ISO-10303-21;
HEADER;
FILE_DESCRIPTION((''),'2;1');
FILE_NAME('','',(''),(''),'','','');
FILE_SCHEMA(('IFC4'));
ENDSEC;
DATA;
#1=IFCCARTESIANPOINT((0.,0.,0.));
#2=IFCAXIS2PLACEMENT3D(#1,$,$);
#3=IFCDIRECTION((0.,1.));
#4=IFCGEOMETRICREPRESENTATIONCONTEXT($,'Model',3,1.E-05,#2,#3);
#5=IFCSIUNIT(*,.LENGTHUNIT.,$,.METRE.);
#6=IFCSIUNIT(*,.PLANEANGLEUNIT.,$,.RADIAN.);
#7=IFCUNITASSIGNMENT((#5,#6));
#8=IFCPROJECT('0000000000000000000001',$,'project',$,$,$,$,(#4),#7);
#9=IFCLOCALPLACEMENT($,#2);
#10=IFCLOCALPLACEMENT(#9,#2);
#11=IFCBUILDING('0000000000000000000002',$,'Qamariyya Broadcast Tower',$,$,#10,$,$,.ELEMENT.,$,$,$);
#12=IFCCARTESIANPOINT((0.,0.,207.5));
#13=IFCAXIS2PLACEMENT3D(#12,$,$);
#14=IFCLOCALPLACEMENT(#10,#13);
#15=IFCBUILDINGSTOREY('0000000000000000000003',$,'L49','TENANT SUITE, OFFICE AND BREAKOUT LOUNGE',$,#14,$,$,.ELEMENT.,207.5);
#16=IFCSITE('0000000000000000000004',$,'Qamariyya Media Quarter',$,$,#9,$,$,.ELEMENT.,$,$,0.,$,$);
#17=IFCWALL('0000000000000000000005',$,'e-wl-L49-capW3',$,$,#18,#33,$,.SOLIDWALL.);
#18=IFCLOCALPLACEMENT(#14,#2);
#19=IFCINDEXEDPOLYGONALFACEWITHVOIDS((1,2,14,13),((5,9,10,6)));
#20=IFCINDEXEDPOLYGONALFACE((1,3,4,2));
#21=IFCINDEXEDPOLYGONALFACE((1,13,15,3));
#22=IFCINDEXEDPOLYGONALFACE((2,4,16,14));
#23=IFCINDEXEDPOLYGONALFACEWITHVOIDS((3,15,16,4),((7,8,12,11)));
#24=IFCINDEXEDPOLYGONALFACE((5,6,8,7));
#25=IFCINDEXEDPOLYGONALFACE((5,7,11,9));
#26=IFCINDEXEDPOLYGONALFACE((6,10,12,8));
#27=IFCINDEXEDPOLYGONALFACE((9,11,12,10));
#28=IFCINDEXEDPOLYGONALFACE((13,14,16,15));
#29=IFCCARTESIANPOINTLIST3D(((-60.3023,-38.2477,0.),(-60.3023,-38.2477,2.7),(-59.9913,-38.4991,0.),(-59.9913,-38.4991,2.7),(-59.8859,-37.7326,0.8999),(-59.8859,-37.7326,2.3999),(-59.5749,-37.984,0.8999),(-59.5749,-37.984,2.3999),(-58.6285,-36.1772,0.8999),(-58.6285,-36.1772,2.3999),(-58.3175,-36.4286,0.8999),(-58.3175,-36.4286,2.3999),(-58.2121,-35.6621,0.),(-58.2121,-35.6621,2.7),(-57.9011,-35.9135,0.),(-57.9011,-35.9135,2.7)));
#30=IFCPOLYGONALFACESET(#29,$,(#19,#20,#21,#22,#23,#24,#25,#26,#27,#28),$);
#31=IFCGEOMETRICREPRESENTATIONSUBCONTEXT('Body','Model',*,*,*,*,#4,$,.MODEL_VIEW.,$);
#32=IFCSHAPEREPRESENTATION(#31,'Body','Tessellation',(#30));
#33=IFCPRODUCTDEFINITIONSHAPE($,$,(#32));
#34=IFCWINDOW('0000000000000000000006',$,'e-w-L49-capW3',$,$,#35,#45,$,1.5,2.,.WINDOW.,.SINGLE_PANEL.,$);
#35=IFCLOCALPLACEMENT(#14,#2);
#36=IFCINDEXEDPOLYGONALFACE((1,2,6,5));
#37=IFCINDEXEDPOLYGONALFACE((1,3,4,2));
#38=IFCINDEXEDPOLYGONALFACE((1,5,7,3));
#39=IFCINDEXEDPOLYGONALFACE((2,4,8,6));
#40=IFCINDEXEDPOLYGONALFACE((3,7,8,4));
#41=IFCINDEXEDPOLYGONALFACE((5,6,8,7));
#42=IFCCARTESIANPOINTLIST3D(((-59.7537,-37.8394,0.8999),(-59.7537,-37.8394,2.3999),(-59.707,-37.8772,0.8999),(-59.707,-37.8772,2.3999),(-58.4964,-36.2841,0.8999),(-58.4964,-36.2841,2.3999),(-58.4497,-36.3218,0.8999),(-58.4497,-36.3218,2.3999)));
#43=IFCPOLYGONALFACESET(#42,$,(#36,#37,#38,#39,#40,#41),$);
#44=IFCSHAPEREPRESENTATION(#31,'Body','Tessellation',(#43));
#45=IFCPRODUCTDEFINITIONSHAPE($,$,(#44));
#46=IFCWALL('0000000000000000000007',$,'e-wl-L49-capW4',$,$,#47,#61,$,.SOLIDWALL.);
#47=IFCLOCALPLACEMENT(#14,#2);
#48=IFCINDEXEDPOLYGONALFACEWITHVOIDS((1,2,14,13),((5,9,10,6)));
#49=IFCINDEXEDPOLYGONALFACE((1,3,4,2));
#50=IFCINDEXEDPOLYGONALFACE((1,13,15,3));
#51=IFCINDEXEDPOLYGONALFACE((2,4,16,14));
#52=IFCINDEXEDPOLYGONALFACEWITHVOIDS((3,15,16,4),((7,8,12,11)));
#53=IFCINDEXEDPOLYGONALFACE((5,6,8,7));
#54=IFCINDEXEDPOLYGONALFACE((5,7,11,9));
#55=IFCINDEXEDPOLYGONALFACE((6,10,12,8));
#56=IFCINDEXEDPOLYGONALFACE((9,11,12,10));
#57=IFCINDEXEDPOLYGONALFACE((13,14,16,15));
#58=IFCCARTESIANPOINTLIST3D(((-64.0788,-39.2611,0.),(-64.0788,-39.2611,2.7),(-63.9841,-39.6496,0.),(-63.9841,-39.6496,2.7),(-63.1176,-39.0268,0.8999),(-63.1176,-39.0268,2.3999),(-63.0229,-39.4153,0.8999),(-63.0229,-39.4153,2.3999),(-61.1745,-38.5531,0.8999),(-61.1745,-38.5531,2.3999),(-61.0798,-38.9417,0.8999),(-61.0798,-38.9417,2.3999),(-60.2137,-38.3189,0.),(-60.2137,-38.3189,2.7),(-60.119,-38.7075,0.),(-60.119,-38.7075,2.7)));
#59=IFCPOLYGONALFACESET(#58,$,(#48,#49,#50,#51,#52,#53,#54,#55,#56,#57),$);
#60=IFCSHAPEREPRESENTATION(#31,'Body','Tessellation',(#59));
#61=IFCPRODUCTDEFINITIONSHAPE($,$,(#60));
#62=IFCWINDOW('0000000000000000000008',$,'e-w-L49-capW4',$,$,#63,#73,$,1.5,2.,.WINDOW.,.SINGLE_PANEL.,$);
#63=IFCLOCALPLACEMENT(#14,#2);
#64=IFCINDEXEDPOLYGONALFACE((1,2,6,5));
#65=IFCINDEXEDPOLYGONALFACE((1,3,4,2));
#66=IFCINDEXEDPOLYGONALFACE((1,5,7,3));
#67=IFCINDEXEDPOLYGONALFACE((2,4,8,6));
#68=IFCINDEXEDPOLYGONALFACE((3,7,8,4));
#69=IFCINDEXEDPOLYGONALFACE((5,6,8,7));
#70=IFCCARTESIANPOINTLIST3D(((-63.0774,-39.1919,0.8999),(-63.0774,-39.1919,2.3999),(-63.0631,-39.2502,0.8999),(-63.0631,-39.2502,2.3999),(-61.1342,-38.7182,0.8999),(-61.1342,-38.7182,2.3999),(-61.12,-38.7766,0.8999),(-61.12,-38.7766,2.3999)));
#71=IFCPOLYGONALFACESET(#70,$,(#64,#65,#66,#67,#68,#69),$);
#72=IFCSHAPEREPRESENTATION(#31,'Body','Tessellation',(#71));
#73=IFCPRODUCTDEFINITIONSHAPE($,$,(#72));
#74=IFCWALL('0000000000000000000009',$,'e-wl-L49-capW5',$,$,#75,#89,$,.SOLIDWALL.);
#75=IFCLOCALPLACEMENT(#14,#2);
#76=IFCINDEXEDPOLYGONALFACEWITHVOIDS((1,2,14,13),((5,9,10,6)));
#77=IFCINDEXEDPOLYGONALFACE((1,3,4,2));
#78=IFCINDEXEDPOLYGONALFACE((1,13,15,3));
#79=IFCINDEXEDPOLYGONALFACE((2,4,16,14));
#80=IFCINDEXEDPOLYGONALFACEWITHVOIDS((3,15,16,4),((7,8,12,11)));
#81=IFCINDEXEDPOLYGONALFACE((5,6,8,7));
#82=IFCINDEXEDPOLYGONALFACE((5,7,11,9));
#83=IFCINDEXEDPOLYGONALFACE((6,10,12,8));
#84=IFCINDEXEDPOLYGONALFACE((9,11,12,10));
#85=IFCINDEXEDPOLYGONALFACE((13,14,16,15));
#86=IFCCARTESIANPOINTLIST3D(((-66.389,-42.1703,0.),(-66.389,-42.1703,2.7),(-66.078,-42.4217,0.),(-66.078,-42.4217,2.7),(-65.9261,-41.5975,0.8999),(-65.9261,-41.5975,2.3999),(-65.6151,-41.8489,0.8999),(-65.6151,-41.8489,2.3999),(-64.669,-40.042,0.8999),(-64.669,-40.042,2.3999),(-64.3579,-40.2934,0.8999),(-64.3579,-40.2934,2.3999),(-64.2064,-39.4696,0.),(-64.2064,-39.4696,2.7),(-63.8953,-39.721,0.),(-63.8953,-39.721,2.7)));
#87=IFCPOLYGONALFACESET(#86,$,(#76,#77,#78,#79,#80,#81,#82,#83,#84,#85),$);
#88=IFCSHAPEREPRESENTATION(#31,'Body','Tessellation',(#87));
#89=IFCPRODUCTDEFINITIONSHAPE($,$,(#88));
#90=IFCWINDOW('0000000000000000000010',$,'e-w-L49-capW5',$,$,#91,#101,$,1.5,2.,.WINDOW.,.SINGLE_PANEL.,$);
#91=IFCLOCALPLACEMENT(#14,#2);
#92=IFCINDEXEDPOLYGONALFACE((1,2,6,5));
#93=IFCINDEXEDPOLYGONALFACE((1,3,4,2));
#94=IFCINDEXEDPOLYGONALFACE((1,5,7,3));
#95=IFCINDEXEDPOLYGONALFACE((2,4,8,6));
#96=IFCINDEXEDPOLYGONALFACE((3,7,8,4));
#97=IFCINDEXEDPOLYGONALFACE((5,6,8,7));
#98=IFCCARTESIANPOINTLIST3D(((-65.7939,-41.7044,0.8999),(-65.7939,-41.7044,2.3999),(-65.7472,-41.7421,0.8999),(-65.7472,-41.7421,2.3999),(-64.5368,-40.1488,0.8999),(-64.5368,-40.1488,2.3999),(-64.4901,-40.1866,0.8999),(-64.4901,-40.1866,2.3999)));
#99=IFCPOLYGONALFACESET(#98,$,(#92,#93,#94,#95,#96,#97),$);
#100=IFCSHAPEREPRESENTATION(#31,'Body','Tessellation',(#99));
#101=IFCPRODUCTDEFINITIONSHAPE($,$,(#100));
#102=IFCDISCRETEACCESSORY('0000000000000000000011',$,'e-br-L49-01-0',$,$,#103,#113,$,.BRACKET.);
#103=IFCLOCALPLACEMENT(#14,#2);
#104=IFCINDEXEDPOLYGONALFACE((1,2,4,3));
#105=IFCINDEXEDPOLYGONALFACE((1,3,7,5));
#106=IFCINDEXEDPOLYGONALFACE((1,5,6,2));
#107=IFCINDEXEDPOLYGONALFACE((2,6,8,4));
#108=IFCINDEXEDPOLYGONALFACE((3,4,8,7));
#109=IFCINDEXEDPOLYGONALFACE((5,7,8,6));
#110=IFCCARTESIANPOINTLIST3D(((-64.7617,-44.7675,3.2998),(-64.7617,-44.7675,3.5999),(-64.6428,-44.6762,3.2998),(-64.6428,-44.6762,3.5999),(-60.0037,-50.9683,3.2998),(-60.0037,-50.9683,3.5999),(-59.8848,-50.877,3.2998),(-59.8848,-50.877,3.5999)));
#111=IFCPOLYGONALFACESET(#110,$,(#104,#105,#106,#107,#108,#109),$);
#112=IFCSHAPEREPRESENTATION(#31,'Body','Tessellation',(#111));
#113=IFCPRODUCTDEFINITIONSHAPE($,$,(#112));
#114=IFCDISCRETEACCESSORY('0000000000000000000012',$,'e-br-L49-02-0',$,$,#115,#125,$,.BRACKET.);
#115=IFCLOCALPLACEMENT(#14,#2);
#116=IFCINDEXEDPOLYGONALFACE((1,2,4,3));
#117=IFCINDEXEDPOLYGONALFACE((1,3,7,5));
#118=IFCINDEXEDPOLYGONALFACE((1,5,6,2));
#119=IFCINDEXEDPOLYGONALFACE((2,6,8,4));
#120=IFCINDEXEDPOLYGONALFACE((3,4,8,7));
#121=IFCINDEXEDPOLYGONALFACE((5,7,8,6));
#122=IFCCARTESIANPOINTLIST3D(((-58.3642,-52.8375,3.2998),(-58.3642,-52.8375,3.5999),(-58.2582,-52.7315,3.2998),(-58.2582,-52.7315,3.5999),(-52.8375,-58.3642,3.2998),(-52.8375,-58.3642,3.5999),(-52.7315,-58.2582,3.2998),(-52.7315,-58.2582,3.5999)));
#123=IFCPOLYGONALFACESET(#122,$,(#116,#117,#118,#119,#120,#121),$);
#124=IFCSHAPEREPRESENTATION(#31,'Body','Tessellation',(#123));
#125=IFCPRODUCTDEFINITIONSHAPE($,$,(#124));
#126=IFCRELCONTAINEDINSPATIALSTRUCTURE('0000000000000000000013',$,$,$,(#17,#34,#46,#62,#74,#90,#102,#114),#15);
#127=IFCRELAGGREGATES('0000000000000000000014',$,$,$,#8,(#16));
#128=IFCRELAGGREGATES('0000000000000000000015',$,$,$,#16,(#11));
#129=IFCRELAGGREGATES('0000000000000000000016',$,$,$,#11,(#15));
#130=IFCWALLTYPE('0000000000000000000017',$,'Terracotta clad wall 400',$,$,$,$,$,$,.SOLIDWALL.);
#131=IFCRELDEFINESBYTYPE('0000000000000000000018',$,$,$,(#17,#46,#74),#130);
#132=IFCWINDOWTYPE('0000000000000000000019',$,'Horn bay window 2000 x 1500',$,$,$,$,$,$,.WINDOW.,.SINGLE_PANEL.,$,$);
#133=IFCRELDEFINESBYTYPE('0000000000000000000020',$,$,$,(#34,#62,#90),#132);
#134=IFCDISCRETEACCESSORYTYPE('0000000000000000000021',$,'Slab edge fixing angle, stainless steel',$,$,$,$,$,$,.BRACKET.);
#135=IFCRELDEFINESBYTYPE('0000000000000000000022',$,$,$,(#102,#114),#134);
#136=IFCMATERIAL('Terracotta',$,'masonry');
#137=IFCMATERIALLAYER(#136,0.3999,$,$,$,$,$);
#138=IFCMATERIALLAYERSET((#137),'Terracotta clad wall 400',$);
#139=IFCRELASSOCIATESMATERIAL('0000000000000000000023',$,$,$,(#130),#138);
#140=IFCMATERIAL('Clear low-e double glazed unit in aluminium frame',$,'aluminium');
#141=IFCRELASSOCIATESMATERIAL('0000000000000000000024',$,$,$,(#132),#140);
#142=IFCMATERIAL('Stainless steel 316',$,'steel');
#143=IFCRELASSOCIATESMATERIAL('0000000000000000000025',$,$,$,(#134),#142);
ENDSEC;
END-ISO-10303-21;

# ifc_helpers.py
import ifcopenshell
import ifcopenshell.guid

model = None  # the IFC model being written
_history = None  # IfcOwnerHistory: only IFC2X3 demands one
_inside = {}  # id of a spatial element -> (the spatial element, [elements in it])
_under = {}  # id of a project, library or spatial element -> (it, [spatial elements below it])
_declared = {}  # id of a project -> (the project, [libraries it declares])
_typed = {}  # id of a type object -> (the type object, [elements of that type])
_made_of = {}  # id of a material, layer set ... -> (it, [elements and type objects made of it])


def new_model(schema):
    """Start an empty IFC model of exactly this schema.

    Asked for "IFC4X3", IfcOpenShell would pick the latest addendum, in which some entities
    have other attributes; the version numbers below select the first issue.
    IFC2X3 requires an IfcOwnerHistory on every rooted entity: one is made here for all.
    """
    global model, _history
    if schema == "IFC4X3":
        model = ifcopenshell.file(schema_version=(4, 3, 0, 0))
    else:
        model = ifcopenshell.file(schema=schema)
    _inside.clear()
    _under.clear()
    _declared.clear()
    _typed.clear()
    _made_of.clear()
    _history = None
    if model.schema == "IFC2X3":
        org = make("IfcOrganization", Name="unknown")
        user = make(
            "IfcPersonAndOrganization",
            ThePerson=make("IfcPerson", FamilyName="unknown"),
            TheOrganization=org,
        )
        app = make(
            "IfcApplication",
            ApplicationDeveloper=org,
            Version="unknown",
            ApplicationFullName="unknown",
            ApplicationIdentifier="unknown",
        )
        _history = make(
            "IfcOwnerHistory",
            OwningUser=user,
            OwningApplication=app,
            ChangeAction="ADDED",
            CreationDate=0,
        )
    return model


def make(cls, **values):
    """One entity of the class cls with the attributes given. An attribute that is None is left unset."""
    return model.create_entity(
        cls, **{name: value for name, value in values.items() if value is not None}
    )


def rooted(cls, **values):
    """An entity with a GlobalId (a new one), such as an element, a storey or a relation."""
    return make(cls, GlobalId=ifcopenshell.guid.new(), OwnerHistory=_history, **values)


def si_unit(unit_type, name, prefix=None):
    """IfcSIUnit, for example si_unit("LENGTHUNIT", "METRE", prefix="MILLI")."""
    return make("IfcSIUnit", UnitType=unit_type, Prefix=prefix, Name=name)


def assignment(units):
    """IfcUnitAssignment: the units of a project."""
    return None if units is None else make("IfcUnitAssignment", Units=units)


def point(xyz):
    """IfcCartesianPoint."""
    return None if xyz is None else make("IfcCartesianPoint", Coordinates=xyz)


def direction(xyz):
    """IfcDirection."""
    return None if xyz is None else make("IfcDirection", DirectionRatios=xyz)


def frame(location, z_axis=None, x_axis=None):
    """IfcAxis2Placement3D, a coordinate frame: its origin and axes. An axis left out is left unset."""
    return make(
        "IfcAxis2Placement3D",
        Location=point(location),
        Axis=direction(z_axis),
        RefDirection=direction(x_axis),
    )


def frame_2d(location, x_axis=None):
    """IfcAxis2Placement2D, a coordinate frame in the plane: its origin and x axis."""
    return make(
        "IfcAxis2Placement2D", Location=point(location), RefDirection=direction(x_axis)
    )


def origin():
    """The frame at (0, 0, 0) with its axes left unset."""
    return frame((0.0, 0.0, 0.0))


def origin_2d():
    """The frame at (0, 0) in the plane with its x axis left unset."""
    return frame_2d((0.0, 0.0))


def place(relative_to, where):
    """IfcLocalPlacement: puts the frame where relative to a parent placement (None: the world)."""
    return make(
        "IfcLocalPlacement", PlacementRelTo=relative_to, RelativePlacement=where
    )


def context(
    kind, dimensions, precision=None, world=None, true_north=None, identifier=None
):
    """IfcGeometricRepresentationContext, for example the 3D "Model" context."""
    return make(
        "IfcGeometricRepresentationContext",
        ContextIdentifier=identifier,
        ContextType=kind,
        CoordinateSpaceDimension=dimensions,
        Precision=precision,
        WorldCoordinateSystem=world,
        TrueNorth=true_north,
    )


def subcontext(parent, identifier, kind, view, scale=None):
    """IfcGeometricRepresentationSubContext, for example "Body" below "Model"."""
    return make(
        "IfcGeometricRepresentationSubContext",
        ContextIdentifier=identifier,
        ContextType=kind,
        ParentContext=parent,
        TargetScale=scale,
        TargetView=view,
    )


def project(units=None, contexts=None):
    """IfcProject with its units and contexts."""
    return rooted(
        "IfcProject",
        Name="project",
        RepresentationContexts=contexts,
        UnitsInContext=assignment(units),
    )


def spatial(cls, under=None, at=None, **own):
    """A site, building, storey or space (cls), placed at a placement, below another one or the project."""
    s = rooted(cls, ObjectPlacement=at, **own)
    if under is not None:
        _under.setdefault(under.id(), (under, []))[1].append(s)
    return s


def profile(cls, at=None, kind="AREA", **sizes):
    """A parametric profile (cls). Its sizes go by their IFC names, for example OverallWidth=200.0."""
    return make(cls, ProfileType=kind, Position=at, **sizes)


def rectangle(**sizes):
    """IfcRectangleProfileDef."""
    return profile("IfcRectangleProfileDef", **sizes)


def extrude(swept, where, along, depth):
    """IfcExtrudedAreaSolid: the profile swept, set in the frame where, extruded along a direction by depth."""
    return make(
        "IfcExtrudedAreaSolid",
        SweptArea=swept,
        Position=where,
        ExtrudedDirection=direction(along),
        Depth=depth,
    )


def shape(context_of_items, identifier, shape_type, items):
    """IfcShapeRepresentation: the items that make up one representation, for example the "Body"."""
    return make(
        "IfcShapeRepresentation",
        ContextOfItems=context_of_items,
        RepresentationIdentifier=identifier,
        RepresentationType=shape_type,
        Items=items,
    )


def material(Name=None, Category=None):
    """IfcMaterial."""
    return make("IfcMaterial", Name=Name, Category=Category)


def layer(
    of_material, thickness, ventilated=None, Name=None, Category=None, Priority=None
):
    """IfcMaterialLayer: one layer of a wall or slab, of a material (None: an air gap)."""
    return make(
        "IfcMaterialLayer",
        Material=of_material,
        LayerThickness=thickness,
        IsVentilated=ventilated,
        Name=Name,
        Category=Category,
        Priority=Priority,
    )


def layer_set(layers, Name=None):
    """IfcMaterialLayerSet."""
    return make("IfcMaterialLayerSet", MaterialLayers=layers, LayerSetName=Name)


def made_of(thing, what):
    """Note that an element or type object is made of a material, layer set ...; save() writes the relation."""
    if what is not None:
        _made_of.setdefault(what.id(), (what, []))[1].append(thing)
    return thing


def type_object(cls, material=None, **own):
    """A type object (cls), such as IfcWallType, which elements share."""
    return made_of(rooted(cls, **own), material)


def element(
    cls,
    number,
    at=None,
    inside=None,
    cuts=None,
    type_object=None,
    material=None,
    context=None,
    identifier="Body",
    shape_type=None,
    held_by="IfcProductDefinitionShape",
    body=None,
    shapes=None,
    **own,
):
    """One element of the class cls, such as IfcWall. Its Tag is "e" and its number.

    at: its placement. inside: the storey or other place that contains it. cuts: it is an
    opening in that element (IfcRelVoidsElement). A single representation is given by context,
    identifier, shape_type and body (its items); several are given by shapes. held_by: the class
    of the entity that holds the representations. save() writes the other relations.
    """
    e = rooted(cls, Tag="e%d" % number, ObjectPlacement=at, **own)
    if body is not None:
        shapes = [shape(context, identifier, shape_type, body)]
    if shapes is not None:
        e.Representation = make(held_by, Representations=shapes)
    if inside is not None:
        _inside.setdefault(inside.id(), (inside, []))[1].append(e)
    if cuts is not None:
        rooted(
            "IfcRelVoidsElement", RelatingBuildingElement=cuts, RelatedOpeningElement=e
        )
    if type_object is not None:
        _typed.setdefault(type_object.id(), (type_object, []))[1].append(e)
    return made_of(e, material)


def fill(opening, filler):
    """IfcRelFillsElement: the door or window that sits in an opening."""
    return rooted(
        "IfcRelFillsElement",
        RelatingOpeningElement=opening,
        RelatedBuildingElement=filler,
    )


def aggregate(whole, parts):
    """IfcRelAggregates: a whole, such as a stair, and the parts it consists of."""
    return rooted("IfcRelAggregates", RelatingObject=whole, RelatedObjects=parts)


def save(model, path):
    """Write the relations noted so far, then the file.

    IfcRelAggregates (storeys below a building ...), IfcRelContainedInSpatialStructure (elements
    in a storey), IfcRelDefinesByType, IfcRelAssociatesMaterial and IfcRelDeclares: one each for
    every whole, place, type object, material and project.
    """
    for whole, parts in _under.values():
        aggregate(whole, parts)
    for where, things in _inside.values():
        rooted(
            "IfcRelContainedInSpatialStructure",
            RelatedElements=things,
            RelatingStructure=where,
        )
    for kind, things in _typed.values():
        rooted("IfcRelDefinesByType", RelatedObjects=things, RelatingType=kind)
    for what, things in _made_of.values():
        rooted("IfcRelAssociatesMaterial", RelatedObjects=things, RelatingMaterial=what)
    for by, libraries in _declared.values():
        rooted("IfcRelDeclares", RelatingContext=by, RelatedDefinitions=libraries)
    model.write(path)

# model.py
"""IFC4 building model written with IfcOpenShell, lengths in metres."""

from ifc_helpers import new_model, si_unit, direction, frame, frame_2d, origin, origin_2d, place, context, subcontext, project, spatial, rectangle, extrude, material, layer, layer_set, type_object, element, fill, save


model = new_model("IFC4")

# Units and contexts
model_context = context("Model", 3, precision=1e-05, world=origin(), true_north=direction((0.0, 1.0)))
body_context = subcontext(model_context, "Body", "Model", "MODEL_VIEW")
ifc_project = project(units=[si_unit("LENGTHUNIT", "METRE"), si_unit("PLANEANGLEUNIT", "RADIAN")], contexts=[model_context])

# Site, building, storey
site_placement = place(None, origin())
site = spatial("IfcSite", under=ifc_project, at=site_placement, Name="Qamariyya Media Quarter", CompositionType="ELEMENT", RefElevation=0.0)
building_placement = place(site_placement, origin())
building = spatial("IfcBuilding", under=site, at=building_placement, Name="Qamariyya Broadcast Tower", CompositionType="ELEMENT")
storey_placement = place(building_placement, frame((0.0, 0.0, 207.5)))
storey = spatial("IfcBuildingStorey", under=building, at=storey_placement, Name="L49", Description="TENANT SUITE, OFFICE AND BREAKOUT LOUNGE", CompositionType="ELEMENT", Elevation=207.5)

# Walls, openings, windows
ifc_material_1 = material(Name="Terracotta", Category="masonry")
ifc_layer = layer(ifc_material_1, 0.3999)
ifc_layer_set = layer_set([ifc_layer], Name="Terracotta clad wall 400")
wall_type = type_object("IfcWallType", Name="Terracotta clad wall 400", PredefinedType="SOLIDWALL", material=ifc_layer_set)
ifc_material_2 = material(Name="Clear low-e double glazed unit in aluminium frame", Category="aluminium")
window_type = type_object("IfcWindowType", Name="Horn bay window 2000 x 1500", PartitioningType="SINGLE_PANEL", PredefinedType="WINDOW", material=ifc_material_2)
wall_1_placement = place(storey_placement, frame((-58.0566, -35.7878, 0.0), z_axis=(0.0, 0.0, 1.0), x_axis=(-0.628672, -0.777671, 0.0)))
wall_1 = element("IfcWall", 1, at=wall_1_placement, inside=storey, type_object=wall_type, Name="e-wl-L49-capW3", PredefinedType="SOLIDWALL", context=body_context, shape_type="SweptSolid", body=[
    extrude(rectangle(XDim=3.3247, YDim=0.3999, at=frame_2d((1.6624, 0.0))), origin(), (0.0, 0.0, 1.0), 2.7),
])
opening_1_placement = place(wall_1_placement, frame((0.6624, 0.0, 0.8999)))
opening_1 = element("IfcOpeningElement", 2, at=opening_1_placement, cuts=wall_1, PredefinedType="OPENING", context=body_context, shape_type="SweptSolid", body=[
    extrude(rectangle(XDim=2.0, YDim=1.5, at=frame_2d((1.0, 0.75))), frame((0.0, 0.21, 0.0), z_axis=(0.0, -1.0, 0.0), x_axis=(1.0, 0.0, 0.0)), (0.0, 0.0, 1.0), 0.4199),
])
window_1_placement = place(opening_1_placement, origin())
window_1 = element("IfcWindow", 3, at=window_1_placement, inside=storey, type_object=window_type, Name="e-w-L49-capW3", OverallHeight=1.5, OverallWidth=2.0, PartitioningType="SINGLE_PANEL", PredefinedType="WINDOW", context=body_context, shape_type="SweptSolid", body=[
    extrude(rectangle(XDim=2.0, YDim=1.5, at=frame_2d((1.0, 0.75))), frame((0.0, 0.03, 0.0), z_axis=(0.0, -1.0, 0.0), x_axis=(1.0, 0.0, 0.0)), (0.0, 0.0, 1.0), 0.0601),
])
fill(opening_1, window_1)
wall_2_placement = place(storey_placement, frame((-60.1663, -38.5132, 0.0), z_axis=(0.0, 0.0, 1.0), x_axis=(-0.971552, -0.236828, 0.0)))
wall_2 = element("IfcWall", 4, at=wall_2_placement, inside=storey, type_object=wall_type, Name="e-wl-L49-capW4", PredefinedType="SOLIDWALL", context=body_context, shape_type="SweptSolid", body=[
    extrude(rectangle(XDim=3.9783, YDim=0.3999, at=frame_2d((1.9893, 0.0))), origin(), (0.0, 0.0, 1.0), 2.7),
])
opening_2_placement = place(wall_2_placement, frame((0.989, 0.0, 0.8999)))
opening_2 = element("IfcOpeningElement", 5, at=opening_2_placement, cuts=wall_2, PredefinedType="OPENING", context=body_context, shape_type="SweptSolid", body=[
    extrude(rectangle(XDim=2.0, YDim=1.5, at=frame_2d((1.0, 0.75))), frame((0.0, 0.21, 0.0), z_axis=(0.0, -1.0, 0.0), x_axis=(1.0, 0.0, 0.0)), (0.0, 0.0, 1.0), 0.4199),
])
window_2_placement = place(opening_2_placement, origin())
window_2 = element("IfcWindow", 6, at=window_2_placement, inside=storey, type_object=window_type, Name="e-w-L49-capW4", OverallHeight=1.5, OverallWidth=2.0, PartitioningType="SINGLE_PANEL", PredefinedType="WINDOW", context=body_context, shape_type="SweptSolid", body=[
    extrude(rectangle(XDim=2.0, YDim=1.5, at=frame_2d((1.0, 0.75))), frame((0.0, 0.03, 0.0), z_axis=(0.0, -1.0, 0.0), x_axis=(1.0, 0.0, 0.0)), (0.0, 0.0, 1.0), 0.0601),
])
fill(opening_2, window_2)
wall_3_placement = place(storey_placement, frame((-64.0508, -39.5952, 0.0), z_axis=(0.0, 0.0, 1.0), x_axis=(-0.628563, -0.777759, 0.0)))
wall_3 = element("IfcWall", 7, at=wall_3_placement, inside=storey, type_object=wall_type, Name="e-wl-L49-capW5", PredefinedType="SOLIDWALL", context=body_context, shape_type="SweptSolid", body=[
    extrude(rectangle(XDim=3.4724, YDim=0.3999, at=frame_2d((1.7363, 0.0))), origin(), (0.0, 0.0, 1.0), 2.7),
])
opening_3_placement = place(wall_3_placement, frame((0.7361, 0.0, 0.8999)))
opening_3 = element("IfcOpeningElement", 8, at=opening_3_placement, cuts=wall_3, PredefinedType="OPENING", context=body_context, shape_type="SweptSolid", body=[
    extrude(rectangle(XDim=2.0, YDim=1.5, at=frame_2d((1.0, 0.75))), frame((0.0, 0.21, 0.0), z_axis=(0.0, -1.0, 0.0), x_axis=(1.0, 0.0, 0.0)), (0.0, 0.0, 1.0), 0.4199),
])
window_3_placement = place(opening_3_placement, origin())
window_3 = element("IfcWindow", 9, at=window_3_placement, inside=storey, type_object=window_type, Name="e-w-L49-capW5", OverallHeight=1.5, OverallWidth=2.0, PartitioningType="SINGLE_PANEL", PredefinedType="WINDOW", context=body_context, shape_type="SweptSolid", body=[
    extrude(rectangle(XDim=2.0, YDim=1.5, at=frame_2d((1.0, 0.75))), frame((0.0, 0.03, 0.0), z_axis=(0.0, -1.0, 0.0), x_axis=(1.0, 0.0, 0.0)), (0.0, 0.0, 1.0), 0.0601),
])
fill(opening_3, window_3)

# Discrete accessories
ifc_material_3 = material(Name="Stainless steel 316", Category="steel")
discrete_accessory_type = type_object("IfcDiscreteAccessoryType", Name="Slab edge fixing angle, stainless steel", PredefinedType="BRACKET", material=ifc_material_3)
for number, where, z_axis, x_axis, name in (
    (10, (-62.3232, -47.8223, 3.2998), (0.0, 0.0, 1.0), (0.608761, -0.793353, 0.0), "e-br-L49-01-0"),
    (11, (-55.5479, -55.5479, 3.2998), (0.0, 0.0, 1.0), (0.707107, -0.707107, 0.0), "e-br-L49-02-0"),
):
    element("IfcDiscreteAccessory", number, at=place(storey_placement, frame(where, z_axis=z_axis, x_axis=x_axis)), inside=storey, type_object=discrete_accessory_type, Name=name, PredefinedType="BRACKET", context=body_context, shape_type="SweptSolid", body=[
        extrude(rectangle(XDim=7.8159, YDim=0.1499, at=origin_2d()), origin(), (0.0, 0.0, 1.0), 0.3),
    ])

save(model, "model.ifc")
